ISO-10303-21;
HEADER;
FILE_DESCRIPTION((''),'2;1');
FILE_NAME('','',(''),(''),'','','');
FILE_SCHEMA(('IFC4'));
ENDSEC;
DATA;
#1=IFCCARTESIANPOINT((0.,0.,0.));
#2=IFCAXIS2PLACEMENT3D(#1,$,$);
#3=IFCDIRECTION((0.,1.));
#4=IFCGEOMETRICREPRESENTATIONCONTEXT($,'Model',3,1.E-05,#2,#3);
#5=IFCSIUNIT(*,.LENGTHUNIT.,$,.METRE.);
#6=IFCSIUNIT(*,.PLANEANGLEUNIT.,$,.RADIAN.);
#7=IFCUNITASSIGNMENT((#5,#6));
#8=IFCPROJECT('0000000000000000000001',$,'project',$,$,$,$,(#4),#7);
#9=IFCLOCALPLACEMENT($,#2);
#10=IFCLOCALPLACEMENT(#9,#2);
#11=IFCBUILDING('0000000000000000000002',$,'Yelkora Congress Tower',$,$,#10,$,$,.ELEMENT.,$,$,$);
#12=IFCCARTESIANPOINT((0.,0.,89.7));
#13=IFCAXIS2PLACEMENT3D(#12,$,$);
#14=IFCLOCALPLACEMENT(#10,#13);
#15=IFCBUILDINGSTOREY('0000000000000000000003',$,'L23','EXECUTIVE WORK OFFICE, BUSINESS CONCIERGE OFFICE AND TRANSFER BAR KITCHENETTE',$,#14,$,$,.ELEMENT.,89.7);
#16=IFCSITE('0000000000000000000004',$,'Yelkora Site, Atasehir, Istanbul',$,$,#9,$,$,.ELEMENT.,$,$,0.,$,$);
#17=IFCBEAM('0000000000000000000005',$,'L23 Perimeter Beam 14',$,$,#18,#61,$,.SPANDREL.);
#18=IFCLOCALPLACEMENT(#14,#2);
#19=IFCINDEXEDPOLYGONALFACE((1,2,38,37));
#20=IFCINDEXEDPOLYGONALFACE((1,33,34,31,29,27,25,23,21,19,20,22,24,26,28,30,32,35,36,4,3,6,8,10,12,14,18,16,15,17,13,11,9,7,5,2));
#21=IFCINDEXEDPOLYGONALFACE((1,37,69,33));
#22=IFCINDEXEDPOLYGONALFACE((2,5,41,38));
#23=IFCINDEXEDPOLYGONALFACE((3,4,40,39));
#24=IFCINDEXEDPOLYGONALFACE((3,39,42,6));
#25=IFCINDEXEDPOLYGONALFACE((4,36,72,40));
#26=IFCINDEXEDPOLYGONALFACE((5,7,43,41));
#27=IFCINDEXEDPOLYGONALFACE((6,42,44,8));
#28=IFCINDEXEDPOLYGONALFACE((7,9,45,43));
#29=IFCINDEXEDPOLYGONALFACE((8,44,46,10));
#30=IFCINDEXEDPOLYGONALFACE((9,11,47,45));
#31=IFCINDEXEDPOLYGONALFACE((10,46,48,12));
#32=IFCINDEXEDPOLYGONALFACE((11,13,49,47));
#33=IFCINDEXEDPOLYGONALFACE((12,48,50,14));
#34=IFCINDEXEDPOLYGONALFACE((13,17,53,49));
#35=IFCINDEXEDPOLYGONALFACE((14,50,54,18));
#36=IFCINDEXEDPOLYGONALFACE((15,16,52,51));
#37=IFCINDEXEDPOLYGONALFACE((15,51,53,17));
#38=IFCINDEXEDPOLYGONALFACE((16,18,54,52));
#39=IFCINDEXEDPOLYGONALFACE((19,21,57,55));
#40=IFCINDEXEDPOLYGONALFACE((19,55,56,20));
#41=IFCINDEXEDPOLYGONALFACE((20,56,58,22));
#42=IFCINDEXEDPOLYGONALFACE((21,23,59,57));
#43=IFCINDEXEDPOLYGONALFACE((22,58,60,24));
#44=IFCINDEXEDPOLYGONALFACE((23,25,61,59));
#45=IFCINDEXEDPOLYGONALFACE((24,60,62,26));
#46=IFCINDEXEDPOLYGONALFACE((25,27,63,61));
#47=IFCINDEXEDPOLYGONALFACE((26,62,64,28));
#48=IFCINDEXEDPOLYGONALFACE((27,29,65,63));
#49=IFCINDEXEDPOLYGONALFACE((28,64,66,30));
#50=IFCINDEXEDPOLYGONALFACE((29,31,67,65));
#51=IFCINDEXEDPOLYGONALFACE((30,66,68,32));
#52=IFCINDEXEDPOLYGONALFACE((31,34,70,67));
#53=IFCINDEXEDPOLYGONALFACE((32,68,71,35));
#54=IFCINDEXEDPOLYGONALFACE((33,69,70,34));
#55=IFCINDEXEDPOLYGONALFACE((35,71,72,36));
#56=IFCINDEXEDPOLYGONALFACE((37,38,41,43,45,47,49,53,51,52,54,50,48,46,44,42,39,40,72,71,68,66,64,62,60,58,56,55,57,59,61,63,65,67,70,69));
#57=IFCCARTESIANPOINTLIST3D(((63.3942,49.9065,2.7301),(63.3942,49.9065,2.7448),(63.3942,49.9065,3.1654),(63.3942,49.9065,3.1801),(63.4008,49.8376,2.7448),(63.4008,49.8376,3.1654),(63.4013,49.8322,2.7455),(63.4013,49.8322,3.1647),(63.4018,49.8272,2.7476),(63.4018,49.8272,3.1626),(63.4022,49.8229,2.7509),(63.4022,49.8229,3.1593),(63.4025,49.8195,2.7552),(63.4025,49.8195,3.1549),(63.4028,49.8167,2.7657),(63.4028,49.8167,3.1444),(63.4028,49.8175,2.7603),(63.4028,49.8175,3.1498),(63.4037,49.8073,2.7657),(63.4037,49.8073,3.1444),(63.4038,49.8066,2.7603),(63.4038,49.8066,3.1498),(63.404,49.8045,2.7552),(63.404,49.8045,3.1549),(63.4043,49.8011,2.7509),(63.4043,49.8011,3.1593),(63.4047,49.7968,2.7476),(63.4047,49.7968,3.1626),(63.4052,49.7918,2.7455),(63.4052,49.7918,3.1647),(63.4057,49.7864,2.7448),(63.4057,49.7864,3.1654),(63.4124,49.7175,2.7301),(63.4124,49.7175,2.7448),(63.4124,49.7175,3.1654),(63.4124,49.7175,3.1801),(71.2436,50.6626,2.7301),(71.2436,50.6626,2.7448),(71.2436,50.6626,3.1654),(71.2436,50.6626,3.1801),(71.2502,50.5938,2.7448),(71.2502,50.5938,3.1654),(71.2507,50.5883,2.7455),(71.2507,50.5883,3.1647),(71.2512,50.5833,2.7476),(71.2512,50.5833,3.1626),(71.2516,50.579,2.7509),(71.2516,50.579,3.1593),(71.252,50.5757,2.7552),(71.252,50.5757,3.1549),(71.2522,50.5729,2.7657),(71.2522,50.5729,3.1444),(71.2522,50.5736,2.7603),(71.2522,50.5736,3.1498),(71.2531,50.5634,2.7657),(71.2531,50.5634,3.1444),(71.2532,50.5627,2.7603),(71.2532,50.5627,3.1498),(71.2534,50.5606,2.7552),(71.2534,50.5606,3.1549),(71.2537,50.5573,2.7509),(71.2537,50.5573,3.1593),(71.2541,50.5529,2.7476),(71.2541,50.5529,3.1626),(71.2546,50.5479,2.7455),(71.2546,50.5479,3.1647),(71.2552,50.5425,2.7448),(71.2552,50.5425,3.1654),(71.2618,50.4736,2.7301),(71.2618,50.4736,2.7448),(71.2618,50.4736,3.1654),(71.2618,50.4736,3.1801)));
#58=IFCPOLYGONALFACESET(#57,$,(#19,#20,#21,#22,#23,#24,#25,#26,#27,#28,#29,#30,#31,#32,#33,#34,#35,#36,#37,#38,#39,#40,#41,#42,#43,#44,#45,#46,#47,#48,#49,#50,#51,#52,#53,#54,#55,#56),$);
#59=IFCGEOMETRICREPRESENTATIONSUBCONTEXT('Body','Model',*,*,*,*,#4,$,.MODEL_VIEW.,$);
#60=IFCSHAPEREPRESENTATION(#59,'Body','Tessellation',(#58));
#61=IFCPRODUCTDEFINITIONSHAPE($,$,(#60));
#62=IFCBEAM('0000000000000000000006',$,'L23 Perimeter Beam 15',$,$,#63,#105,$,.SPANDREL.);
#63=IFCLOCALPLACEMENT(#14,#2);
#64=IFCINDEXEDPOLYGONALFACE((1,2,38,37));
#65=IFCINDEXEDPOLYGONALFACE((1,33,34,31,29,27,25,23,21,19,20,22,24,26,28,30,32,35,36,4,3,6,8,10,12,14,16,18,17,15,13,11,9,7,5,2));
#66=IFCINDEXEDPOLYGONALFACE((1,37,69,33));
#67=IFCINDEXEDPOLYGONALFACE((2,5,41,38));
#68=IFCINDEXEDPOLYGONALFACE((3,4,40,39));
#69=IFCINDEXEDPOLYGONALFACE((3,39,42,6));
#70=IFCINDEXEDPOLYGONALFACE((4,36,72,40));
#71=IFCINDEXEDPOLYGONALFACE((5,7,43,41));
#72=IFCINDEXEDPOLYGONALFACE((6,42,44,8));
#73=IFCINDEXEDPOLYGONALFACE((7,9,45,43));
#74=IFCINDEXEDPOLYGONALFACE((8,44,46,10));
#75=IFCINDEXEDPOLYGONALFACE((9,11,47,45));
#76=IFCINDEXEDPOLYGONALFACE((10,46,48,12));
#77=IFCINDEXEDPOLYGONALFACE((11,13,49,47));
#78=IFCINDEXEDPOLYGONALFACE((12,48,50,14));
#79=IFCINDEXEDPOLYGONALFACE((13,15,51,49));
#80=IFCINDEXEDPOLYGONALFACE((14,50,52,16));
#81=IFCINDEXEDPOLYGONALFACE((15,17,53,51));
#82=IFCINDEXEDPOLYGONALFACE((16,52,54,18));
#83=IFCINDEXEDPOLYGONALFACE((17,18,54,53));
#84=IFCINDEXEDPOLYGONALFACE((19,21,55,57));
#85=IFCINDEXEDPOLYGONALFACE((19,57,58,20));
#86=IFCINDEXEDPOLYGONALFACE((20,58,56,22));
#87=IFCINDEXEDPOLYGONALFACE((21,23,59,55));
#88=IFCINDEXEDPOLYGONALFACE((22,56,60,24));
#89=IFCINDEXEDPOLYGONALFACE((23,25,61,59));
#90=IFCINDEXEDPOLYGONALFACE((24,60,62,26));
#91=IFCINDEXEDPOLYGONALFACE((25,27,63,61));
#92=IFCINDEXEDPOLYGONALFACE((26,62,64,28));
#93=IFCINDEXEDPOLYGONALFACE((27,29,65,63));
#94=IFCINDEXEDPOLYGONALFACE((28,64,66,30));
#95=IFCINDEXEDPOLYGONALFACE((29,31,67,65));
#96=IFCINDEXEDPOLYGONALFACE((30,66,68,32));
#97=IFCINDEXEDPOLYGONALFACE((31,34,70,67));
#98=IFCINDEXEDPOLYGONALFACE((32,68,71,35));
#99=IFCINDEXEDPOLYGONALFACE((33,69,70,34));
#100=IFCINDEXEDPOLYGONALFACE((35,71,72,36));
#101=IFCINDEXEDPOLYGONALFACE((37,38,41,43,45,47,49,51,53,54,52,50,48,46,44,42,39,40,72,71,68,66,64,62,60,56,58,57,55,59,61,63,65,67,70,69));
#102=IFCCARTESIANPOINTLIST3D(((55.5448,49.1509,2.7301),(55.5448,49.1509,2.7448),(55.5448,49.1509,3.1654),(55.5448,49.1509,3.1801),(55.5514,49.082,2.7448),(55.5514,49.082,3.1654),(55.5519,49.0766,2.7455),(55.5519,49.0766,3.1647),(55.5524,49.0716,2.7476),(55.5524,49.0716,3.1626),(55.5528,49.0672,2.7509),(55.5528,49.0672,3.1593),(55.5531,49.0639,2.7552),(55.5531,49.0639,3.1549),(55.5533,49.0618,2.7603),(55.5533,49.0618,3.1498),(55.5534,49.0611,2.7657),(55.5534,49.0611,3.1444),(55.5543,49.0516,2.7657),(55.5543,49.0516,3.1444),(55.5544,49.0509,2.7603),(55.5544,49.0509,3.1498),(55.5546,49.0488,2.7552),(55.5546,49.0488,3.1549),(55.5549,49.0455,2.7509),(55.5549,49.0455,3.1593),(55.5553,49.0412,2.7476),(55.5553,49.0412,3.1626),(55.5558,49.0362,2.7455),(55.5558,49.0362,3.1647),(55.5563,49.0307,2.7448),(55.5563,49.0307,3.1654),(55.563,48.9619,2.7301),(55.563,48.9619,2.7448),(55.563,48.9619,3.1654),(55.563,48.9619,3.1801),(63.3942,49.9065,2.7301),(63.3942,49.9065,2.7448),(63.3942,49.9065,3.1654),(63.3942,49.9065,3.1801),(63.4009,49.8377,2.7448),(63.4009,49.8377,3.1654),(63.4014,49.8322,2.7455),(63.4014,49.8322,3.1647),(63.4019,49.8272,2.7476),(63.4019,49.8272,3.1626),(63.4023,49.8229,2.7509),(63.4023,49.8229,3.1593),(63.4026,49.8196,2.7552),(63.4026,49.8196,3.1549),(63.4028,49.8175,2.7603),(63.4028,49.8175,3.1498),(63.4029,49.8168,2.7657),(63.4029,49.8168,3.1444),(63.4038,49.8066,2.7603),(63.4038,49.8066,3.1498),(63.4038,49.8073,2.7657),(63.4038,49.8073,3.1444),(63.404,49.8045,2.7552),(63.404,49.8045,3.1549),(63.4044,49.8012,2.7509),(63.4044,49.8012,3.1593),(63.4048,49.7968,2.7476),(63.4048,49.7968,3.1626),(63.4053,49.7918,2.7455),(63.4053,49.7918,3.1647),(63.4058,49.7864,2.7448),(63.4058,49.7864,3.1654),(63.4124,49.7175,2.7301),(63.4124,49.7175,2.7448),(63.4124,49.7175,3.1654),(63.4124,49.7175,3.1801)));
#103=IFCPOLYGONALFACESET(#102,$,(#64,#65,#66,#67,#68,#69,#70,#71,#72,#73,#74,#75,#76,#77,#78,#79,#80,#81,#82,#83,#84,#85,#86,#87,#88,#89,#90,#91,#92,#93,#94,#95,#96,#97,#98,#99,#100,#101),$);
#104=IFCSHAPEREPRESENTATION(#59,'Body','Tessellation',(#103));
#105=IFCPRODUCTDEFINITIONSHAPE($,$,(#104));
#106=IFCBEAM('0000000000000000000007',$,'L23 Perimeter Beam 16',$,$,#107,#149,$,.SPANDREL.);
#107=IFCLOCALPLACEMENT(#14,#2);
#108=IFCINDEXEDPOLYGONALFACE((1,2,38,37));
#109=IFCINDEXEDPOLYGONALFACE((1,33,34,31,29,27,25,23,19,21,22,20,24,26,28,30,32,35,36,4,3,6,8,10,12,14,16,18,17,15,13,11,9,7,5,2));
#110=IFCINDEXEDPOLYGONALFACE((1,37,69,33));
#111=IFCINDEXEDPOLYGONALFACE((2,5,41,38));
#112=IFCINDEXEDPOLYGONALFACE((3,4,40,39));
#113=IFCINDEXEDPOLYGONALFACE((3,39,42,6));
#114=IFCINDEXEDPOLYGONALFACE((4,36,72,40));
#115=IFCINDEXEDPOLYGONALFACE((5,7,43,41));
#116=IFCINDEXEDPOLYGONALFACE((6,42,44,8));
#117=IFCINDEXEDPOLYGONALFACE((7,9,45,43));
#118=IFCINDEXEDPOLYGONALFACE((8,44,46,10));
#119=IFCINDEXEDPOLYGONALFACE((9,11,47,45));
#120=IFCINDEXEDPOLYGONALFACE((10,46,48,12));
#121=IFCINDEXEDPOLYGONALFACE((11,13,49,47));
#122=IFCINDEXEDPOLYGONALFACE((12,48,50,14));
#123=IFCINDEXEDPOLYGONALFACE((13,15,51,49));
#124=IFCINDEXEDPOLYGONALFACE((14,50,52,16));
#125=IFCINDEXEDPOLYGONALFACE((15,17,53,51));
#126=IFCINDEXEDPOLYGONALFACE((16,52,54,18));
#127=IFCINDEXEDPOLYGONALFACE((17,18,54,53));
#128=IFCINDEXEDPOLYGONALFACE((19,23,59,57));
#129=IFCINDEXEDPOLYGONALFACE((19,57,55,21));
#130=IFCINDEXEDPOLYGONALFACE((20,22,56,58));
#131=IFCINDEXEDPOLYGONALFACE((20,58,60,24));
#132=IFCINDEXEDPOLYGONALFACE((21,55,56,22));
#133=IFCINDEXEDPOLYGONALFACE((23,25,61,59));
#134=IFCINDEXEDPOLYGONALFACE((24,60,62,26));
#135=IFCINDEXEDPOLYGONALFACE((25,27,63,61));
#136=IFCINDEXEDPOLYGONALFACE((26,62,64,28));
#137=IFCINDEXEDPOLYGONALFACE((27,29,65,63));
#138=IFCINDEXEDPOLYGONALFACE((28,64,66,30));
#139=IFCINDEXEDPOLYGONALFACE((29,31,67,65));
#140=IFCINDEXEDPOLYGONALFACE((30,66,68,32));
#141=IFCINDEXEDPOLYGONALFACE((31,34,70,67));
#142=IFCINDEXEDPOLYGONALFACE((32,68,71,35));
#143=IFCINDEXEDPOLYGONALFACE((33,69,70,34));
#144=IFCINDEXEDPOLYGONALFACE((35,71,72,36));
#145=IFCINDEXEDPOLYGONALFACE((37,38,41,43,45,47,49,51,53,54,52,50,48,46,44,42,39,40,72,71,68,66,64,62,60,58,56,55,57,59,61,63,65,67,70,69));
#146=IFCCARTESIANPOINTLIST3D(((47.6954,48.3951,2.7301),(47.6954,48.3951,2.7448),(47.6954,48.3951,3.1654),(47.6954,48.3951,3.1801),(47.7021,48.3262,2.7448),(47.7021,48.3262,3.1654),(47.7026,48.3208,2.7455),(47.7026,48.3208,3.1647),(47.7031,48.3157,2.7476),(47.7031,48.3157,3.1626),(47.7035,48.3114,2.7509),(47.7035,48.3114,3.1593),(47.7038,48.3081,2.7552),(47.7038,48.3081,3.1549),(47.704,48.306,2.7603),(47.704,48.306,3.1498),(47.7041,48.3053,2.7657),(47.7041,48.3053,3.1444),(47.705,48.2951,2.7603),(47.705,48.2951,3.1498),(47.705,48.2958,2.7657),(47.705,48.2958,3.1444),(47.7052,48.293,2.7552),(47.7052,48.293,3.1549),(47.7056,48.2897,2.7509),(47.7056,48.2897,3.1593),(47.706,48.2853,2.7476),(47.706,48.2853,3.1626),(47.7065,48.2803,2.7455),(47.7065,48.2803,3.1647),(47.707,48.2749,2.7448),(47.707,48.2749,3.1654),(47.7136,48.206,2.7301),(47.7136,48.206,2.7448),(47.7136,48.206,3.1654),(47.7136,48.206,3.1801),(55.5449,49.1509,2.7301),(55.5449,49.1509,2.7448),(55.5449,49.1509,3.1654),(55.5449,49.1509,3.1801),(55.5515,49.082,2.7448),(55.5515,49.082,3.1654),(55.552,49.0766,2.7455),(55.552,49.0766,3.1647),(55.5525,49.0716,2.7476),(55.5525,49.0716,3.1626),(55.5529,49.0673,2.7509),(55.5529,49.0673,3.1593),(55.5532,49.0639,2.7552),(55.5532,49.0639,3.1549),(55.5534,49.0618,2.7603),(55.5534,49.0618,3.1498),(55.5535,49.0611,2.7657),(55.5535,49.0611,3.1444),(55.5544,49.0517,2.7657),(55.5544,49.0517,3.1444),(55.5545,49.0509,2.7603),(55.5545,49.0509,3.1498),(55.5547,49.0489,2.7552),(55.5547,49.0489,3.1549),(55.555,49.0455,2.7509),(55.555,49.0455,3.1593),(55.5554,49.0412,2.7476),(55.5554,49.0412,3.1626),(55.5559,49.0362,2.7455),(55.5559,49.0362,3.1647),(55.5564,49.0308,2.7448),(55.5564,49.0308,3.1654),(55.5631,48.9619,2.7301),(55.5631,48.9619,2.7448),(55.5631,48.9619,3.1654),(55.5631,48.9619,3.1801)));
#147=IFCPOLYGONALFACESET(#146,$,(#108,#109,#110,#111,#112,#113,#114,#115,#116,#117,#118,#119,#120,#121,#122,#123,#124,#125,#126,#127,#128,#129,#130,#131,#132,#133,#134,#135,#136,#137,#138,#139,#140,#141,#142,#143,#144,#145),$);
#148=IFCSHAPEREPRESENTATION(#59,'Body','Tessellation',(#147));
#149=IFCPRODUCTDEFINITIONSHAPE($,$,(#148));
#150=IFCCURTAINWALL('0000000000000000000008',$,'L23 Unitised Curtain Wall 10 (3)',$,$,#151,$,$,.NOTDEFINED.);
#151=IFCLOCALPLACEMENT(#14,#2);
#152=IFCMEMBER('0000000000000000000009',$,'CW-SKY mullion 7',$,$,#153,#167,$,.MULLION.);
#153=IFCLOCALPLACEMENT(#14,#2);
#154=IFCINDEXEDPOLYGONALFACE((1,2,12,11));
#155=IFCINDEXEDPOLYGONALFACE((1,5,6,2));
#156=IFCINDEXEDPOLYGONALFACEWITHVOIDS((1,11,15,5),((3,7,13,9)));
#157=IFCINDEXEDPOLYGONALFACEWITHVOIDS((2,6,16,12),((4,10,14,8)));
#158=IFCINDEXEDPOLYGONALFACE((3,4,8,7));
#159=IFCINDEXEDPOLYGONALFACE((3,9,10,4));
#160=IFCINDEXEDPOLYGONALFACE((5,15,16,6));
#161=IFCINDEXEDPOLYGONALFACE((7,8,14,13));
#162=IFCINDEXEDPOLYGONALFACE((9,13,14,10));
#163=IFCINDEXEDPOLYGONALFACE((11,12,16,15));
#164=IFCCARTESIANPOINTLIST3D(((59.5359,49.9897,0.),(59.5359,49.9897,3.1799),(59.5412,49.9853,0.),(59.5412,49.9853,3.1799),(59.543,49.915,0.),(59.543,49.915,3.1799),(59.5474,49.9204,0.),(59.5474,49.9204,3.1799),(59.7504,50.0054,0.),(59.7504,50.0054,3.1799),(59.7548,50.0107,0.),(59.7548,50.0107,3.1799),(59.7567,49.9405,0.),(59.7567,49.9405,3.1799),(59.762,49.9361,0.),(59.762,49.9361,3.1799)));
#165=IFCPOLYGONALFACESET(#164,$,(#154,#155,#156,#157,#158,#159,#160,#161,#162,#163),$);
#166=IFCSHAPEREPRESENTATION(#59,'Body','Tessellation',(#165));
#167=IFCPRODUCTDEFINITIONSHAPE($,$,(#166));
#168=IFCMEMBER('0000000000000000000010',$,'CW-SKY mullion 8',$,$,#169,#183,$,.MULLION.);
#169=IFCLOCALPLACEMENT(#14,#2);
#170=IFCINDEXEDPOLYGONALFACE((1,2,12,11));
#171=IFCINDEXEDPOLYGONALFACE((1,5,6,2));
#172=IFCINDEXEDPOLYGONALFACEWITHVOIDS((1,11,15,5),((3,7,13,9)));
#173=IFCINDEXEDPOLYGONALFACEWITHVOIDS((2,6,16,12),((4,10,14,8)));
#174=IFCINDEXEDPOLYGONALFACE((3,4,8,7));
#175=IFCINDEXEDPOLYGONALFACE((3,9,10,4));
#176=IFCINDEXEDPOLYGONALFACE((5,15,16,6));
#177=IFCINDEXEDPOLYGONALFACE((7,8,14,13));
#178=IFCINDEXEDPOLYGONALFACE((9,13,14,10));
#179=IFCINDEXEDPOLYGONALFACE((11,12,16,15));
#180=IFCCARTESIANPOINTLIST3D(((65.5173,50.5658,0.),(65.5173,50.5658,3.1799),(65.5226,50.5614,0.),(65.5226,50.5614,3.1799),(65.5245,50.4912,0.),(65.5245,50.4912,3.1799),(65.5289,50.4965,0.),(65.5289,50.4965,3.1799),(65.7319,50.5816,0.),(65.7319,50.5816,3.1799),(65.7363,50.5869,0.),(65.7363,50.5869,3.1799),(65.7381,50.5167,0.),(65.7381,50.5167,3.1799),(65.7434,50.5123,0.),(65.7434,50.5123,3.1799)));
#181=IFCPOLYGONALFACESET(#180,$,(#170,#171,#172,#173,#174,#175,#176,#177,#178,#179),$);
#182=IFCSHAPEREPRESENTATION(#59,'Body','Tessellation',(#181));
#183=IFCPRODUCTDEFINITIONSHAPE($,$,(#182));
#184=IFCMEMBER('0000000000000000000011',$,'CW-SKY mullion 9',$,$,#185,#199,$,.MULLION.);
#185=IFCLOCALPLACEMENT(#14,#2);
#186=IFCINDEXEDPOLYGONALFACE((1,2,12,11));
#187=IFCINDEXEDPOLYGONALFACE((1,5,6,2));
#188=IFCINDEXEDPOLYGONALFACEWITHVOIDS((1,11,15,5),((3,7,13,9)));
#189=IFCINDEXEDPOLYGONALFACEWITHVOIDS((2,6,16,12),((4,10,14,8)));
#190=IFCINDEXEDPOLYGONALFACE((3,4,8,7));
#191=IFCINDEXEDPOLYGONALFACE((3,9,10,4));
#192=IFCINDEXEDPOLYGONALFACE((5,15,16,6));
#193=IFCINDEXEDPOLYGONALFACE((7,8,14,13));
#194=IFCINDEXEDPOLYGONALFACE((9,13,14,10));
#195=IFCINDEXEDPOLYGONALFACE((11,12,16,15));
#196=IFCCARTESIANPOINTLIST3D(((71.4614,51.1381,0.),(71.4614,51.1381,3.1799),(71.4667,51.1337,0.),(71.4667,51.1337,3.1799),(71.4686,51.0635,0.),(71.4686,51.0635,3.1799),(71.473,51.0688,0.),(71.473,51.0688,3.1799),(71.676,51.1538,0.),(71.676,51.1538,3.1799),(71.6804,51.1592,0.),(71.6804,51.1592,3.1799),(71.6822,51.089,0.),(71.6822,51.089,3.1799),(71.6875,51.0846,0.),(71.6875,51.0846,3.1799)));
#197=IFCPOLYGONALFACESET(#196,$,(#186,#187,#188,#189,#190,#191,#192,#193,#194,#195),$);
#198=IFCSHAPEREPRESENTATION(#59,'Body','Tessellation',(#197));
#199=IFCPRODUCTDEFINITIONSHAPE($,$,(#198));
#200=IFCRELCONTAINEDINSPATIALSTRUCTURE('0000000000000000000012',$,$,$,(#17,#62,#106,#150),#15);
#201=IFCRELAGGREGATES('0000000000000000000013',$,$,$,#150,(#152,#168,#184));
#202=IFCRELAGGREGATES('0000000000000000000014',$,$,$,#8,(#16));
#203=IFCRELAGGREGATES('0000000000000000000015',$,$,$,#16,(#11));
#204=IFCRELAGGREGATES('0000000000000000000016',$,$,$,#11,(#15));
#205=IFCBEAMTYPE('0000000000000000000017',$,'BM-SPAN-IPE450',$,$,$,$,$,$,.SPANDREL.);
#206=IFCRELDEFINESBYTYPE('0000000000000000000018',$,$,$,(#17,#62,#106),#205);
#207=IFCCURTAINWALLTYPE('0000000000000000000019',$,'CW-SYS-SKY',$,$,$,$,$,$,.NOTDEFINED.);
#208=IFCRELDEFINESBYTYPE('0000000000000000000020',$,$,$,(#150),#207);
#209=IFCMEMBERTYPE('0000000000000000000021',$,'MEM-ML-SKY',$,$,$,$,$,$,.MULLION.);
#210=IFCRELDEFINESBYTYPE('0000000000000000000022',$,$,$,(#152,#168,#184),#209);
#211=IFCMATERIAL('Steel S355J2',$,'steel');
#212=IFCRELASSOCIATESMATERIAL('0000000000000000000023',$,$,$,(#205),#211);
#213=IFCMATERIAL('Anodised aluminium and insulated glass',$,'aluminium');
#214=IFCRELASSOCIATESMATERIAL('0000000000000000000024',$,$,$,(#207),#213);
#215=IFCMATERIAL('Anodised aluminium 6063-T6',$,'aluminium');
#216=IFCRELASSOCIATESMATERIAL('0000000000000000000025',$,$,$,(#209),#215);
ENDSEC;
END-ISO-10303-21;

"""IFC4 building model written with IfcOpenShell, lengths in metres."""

from ifc_helpers import new_model, si_unit, direction, frame, origin, origin_2d, place, context, subcontext, project, spatial, hollow_rectangle, i_section, extrude, material, material_profile, profile_set, type_object, element, aggregate, save


model = new_model("IFC4")

# Units and contexts
model_context = context("Model", 3, precision=1e-05, world=origin(), true_north=direction((0.0, 1.0)))
body_context = subcontext(model_context, "Body", "Model", "MODEL_VIEW")
ifc_project = project(units=[si_unit("LENGTHUNIT", "METRE"), si_unit("PLANEANGLEUNIT", "RADIAN")], contexts=[model_context])

# Site, building, storey
site_placement = place(None, origin())
site = spatial("IfcSite", under=ifc_project, at=site_placement, Name="Yelkora Site, Atasehir, Istanbul", CompositionType="ELEMENT", RefElevation=0.0)
building_placement = place(site_placement, origin())
building = spatial("IfcBuilding", under=site, at=building_placement, Name="Yelkora Congress Tower", CompositionType="ELEMENT")
storey_placement = place(building_placement, frame((0.0, 0.0, 89.7)))
storey = spatial("IfcBuildingStorey", under=building, at=storey_placement, Name="L23", Description="EXECUTIVE WORK OFFICE, BUSINESS CONCIERGE OFFICE AND TRANSFER BAR KITCHENETTE", CompositionType="ELEMENT", Elevation=89.7)

# Beams
ifc_material_1 = material(Name="Steel S355J2", Category="steel")
ifc_material_profile_1 = material_profile(ifc_material_1, i_section(OverallWidth=0.1899, OverallDepth=0.45, WebThickness=0.0095, FlangeThickness=0.0146, FilletRadius=0.021, at=origin_2d()), Name="IPE 450")
ifc_profile_set_1 = profile_set([ifc_material_profile_1], Name="Steel S355J2")
beam_type_1 = type_object("IfcBeamType", Name="BM-SPAN-IPE450", PredefinedType="SPANDREL", material=ifc_profile_set_1)
for number, where, z_axis, x_axis, name in (
    (1, (71.2527, 50.5681, 2.9551), (-0.995393, -0.095883, 0.0), (0.095883, -0.995393, 0.0), "L23 Perimeter Beam 14"),
    (2, (63.4033, 49.812, 2.9551), (-0.995399, -0.095822, 0.0), (0.095822, -0.995399, 0.0), "L23 Perimeter Beam 15"),
    (3, (55.554, 49.0564, 2.9551), (-0.995396, -0.095852, 0.0), (0.095852, -0.995396, 0.0), "L23 Perimeter Beam 16"),
):
    element("IfcBeam", number, at=place(storey_placement, frame(where, z_axis=z_axis, x_axis=x_axis)), inside=storey, type_object=beam_type_1, Name=name, PredefinedType="SPANDREL", context=body_context, shape_type="SweptSolid", body=[
        extrude(i_section(OverallWidth=0.1899, OverallDepth=0.45, WebThickness=0.0095, FlangeThickness=0.0146, FilletRadius=0.021, at=origin_2d()), origin(), (0.0, 0.0, 1.0), 7.8857),
    ])

# Curtain wall, members
ifc_material_2 = material(Name="Anodised aluminium and insulated glass", Category="aluminium")
curtain_wall_type = type_object("IfcCurtainWallType", Name="CW-SYS-SKY", PredefinedType="NOTDEFINED", material=ifc_material_2)
curtain_wall_placement = place(storey_placement, origin())
curtain_wall = element("IfcCurtainWall", 4, at=curtain_wall_placement, inside=storey, type_object=curtain_wall_type, Name="L23 Unitised Curtain Wall 10 (3)", PredefinedType="NOTDEFINED")
ifc_material_3 = material(Name="Anodised aluminium 6063-T6", Category="aluminium")
ifc_material_profile_2 = material_profile(ifc_material_3, hollow_rectangle(XDim=0.075, YDim=0.22, WallThickness=0.0049, at=origin_2d()), Name="ALU 75x220x5")
ifc_profile_set_2 = profile_set([ifc_material_profile_2], Name="Anodised aluminium 6063-T6")
member_type_1 = type_object("IfcMemberType", Name="MEM-ML-SKY", PredefinedType="MULLION", material=ifc_profile_set_2)
member_1_placement = place(storey_placement, frame((59.6489, 49.9629, 0.0), z_axis=(0.0, 0.0, 1.0), x_axis=(-0.095845, 0.995396, 0.0)))
member_1 = element("IfcMember", 5, at=member_1_placement, type_object=member_type_1, Name="CW-SKY mullion 7", PredefinedType="MULLION", context=body_context, shape_type="SweptSolid", body=[
    extrude(hollow_rectangle(XDim=0.075, YDim=0.22, WallThickness=0.0049, at=origin_2d()), origin(), (0.0, 0.0, 1.0), 3.1799),
])
member_2_placement = place(storey_placement, frame((65.6304, 50.5391, 0.0), z_axis=(0.0, 0.0, 1.0), x_axis=(-0.095845, 0.995396, 0.0)))
member_2 = element("IfcMember", 6, at=member_2_placement, type_object=member_type_1, Name="CW-SKY mullion 8", PredefinedType="MULLION", context=body_context, shape_type="SweptSolid", body=[
    extrude(hollow_rectangle(XDim=0.075, YDim=0.22, WallThickness=0.0049, at=origin_2d()), origin(), (0.0, 0.0, 1.0), 3.1799),
])
member_3_placement = place(storey_placement, frame((71.5745, 51.1113, 0.0), z_axis=(0.0, 0.0, 1.0), x_axis=(-0.095845, 0.995396, 0.0)))
member_3 = element("IfcMember", 7, at=member_3_placement, type_object=member_type_1, Name="CW-SKY mullion 9", PredefinedType="MULLION", context=body_context, shape_type="SweptSolid", body=[
    extrude(hollow_rectangle(XDim=0.075, YDim=0.22, WallThickness=0.0049, at=origin_2d()), origin(), (0.0, 0.0, 1.0), 3.1799),
])
aggregate(curtain_wall, [member_1, member_2, member_3])

save(model, "model.ifc")
